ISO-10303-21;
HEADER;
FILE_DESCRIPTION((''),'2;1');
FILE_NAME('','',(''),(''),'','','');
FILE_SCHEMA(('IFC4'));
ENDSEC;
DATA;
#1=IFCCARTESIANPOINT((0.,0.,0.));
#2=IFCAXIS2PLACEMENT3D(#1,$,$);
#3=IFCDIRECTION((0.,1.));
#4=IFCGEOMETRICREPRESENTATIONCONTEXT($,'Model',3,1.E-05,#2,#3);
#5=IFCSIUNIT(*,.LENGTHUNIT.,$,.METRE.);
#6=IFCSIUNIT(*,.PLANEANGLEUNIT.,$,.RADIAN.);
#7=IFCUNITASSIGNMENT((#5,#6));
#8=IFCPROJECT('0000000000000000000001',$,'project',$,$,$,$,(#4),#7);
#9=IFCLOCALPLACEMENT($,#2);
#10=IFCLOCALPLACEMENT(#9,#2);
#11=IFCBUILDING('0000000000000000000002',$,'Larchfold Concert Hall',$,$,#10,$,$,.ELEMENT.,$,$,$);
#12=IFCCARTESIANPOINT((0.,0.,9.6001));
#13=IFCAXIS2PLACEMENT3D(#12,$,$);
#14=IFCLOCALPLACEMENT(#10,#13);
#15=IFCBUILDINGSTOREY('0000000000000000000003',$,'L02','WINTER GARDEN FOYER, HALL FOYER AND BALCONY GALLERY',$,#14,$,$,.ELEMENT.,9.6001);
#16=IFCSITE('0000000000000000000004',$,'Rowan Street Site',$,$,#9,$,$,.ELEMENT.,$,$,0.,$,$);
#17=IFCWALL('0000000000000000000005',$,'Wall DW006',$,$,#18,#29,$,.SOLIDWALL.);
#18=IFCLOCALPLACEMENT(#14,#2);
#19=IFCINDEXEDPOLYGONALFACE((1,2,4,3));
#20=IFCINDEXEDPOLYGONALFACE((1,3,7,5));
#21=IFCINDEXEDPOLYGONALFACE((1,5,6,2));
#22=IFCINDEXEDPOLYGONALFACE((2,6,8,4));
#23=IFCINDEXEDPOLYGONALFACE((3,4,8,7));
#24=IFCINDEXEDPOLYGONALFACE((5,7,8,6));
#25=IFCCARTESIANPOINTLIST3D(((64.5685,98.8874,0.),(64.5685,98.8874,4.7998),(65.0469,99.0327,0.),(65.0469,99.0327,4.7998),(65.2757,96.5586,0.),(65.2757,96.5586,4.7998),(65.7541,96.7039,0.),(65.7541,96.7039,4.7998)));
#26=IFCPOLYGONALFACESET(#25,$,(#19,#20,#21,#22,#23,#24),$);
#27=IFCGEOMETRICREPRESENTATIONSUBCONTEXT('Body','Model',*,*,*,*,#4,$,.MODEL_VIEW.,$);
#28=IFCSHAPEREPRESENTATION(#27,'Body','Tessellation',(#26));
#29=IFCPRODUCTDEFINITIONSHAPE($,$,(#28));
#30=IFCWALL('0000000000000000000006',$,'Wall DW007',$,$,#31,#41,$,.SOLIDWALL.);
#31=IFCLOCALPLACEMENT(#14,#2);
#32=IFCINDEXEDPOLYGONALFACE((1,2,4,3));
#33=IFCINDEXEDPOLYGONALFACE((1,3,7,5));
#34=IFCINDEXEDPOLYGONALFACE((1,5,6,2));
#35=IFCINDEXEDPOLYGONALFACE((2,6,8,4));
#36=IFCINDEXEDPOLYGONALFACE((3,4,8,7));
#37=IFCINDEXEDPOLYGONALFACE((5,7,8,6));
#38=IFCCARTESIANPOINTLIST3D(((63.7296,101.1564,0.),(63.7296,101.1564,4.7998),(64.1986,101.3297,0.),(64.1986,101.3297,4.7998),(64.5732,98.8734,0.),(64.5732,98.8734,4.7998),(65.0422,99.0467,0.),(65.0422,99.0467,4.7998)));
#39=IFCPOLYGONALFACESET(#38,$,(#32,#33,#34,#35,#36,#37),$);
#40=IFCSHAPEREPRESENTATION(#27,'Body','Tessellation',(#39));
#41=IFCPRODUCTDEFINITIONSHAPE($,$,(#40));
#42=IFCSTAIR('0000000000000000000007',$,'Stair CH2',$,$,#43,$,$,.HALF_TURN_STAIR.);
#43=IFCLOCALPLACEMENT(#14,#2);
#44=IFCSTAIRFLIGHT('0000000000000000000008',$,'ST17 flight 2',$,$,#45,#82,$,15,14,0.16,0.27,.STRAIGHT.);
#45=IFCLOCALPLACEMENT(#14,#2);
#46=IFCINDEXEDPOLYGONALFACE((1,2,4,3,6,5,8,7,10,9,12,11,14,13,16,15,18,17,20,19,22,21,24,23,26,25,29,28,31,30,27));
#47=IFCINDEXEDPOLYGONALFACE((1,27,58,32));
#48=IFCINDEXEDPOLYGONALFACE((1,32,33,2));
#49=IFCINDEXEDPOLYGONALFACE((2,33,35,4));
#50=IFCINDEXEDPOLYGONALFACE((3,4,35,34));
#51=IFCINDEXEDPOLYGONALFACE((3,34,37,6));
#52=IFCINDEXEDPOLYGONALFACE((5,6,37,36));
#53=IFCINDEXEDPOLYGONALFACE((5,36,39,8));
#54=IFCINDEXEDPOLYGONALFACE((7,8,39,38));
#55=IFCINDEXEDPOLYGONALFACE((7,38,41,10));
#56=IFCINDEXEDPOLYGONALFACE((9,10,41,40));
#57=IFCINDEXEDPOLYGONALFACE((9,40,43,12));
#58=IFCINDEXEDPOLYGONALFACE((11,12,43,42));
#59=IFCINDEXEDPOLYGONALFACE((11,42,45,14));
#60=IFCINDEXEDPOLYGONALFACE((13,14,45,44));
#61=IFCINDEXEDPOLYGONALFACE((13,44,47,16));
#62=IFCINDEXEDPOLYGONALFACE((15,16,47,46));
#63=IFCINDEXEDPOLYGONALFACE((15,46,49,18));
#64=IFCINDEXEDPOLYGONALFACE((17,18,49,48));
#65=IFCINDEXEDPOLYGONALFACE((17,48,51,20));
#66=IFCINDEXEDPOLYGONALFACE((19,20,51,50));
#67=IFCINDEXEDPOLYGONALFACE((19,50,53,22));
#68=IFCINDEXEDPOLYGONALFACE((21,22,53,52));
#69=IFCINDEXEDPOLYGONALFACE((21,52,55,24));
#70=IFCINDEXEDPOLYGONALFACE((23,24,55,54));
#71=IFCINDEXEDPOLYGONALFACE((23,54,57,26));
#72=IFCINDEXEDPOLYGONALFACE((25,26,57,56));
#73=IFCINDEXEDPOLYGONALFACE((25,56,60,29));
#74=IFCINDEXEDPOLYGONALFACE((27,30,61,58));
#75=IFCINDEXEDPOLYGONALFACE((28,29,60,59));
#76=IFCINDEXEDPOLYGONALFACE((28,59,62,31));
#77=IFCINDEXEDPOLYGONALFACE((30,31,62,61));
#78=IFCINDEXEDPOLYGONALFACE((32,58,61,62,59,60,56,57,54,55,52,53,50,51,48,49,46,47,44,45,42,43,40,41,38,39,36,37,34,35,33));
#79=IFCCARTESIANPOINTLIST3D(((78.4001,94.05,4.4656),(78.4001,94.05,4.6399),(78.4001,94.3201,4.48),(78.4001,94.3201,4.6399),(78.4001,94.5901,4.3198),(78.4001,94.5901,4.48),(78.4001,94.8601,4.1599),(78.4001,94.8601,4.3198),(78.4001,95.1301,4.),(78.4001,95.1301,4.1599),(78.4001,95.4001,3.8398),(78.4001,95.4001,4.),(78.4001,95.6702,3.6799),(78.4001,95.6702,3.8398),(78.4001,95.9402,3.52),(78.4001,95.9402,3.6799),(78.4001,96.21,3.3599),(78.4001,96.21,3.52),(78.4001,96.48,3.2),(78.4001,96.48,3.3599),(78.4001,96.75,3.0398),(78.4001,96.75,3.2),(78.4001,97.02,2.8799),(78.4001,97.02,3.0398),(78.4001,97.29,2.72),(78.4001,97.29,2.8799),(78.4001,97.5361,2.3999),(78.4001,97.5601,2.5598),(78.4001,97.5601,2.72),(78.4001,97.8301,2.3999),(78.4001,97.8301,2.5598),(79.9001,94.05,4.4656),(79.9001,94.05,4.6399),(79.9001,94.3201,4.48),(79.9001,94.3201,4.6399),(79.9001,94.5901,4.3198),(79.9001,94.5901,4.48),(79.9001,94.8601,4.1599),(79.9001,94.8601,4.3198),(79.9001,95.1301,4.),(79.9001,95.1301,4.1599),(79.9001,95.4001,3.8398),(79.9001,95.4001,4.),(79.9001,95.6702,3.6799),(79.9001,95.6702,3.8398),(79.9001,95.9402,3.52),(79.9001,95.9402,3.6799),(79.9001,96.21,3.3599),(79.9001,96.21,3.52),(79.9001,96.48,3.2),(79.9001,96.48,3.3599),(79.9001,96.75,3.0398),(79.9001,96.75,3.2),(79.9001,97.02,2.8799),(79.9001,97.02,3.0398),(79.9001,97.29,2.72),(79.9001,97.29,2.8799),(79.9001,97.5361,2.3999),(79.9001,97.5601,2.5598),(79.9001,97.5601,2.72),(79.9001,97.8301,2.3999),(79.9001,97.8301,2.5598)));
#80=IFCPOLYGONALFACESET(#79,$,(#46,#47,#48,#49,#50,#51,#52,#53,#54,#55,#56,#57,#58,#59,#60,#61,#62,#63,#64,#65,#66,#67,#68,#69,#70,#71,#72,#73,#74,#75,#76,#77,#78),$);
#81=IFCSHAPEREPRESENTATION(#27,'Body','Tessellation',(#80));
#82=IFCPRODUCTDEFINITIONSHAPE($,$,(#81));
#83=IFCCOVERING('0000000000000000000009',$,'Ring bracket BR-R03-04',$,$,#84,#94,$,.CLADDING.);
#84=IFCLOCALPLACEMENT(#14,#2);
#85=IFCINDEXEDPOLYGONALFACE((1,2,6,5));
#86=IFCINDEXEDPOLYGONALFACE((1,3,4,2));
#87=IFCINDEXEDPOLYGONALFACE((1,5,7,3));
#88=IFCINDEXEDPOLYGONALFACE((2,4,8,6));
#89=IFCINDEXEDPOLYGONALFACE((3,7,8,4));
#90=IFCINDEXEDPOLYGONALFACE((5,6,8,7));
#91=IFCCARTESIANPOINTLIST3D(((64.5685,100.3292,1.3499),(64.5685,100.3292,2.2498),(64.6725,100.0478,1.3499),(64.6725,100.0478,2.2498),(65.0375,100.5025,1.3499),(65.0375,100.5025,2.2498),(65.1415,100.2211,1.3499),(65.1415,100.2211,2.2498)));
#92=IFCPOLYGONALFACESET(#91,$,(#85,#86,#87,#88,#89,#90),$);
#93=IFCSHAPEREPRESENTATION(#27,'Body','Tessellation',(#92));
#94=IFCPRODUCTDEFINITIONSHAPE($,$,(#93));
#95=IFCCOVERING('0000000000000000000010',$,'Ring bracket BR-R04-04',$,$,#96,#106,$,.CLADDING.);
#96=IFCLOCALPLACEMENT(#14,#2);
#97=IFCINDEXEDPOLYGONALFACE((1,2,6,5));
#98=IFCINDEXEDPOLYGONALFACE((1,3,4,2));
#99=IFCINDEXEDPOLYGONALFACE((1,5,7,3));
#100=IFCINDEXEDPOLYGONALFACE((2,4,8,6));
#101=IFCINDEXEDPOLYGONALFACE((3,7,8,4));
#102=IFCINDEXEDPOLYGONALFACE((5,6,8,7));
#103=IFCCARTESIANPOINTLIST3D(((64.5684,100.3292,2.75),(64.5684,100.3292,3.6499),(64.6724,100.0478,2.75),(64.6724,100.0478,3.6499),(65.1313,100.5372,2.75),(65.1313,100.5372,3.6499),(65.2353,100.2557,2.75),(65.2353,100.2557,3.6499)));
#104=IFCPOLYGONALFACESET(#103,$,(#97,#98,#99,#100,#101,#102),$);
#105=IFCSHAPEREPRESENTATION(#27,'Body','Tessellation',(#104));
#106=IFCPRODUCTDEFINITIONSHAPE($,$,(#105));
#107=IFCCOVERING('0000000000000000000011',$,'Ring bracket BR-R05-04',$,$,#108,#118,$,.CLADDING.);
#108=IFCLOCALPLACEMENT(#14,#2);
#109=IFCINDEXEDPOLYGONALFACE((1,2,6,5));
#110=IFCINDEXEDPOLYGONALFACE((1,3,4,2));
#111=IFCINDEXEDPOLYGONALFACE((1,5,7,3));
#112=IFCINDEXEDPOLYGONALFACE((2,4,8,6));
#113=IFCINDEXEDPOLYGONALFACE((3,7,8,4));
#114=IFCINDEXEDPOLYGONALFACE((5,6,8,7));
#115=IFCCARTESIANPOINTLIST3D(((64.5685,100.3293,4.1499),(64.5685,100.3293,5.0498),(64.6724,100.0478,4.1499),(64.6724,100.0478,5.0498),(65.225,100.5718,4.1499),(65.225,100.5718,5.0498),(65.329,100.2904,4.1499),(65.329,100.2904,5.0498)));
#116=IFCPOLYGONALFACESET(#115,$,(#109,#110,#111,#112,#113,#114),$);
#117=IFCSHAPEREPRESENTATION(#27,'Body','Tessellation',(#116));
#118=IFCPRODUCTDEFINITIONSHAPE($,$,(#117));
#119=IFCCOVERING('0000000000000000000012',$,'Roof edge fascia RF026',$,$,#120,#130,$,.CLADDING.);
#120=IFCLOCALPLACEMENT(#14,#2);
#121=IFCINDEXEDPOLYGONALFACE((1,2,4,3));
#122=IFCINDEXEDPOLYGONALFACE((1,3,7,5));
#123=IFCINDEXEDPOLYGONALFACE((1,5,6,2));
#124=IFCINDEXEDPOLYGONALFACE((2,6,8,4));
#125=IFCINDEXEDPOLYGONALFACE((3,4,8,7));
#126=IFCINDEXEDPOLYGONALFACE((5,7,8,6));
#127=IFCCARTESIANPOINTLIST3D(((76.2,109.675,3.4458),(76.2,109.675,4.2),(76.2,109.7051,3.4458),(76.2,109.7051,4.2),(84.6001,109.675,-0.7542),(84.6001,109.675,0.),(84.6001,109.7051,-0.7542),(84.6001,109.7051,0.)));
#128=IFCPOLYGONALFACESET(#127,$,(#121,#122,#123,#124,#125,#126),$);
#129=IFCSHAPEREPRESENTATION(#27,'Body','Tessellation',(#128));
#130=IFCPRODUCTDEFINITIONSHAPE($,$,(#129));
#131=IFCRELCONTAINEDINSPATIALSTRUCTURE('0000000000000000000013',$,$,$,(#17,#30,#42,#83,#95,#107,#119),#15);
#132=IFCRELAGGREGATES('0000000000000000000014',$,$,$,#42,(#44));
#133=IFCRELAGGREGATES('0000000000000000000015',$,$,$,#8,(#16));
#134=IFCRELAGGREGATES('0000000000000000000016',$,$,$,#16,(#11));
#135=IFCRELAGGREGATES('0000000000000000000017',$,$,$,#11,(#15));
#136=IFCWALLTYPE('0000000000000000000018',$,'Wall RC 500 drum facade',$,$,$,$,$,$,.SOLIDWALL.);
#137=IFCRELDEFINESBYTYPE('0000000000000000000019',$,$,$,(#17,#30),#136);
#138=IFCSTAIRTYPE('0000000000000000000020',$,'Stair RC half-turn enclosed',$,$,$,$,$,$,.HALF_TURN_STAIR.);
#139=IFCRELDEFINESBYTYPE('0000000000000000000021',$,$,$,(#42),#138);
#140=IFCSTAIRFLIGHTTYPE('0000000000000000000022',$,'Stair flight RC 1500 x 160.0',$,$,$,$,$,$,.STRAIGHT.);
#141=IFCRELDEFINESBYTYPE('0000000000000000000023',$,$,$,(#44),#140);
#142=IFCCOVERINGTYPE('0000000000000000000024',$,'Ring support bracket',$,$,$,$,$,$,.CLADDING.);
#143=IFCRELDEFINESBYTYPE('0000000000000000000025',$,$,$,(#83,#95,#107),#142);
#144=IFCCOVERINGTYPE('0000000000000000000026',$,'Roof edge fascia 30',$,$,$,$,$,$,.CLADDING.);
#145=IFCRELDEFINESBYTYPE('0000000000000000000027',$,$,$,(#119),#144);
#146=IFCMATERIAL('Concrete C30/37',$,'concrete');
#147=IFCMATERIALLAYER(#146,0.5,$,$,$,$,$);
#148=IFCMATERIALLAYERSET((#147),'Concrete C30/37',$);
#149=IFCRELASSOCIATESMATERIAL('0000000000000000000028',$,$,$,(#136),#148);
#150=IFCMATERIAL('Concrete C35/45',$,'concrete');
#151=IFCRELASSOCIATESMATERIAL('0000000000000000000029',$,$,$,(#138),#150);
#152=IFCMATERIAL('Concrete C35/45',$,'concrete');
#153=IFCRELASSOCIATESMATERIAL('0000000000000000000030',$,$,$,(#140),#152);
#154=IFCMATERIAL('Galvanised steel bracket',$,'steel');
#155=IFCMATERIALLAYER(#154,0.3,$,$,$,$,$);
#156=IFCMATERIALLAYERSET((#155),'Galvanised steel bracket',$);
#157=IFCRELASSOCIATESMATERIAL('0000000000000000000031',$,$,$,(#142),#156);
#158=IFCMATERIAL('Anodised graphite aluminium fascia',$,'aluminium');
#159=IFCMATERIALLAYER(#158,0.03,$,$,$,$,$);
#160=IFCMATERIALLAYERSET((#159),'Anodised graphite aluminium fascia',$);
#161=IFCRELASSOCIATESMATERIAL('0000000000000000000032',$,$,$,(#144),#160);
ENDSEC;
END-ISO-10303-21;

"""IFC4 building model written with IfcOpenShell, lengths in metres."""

from ifc_helpers import new_model, si_unit, direction, frame, frame_2d, origin, origin_2d, place, context, subcontext, project, spatial, polyline, rectangle, outline, extrude, material, layer, layer_set, type_object, element, aggregate, save


model = new_model("IFC4")

# Units and contexts
model_context = context("Model", 3, precision=1e-05, world=origin(), true_north=direction((0.0, 1.0)))
body_context = subcontext(model_context, "Body", "Model", "MODEL_VIEW")
ifc_project = project(units=[si_unit("LENGTHUNIT", "METRE"), si_unit("PLANEANGLEUNIT", "RADIAN")], contexts=[model_context])

# Site, building, storey
site_placement = place(None, origin())
site = spatial("IfcSite", under=ifc_project, at=site_placement, Name="Rowan Street Site", CompositionType="ELEMENT", RefElevation=0.0)
building_placement = place(site_placement, origin())
building = spatial("IfcBuilding", under=site, at=building_placement, Name="Larchfold Concert Hall", CompositionType="ELEMENT")
storey_placement = place(building_placement, frame((0.0, 0.0, 9.6001)))
storey = spatial("IfcBuildingStorey", under=building, at=storey_placement, Name="L02", Description="WINTER GARDEN FOYER, HALL FOYER AND BALCONY GALLERY", CompositionType="ELEMENT", Elevation=9.6001)

# Walls
ifc_material_1 = material(Name="Concrete C30/37", Category="concrete")
ifc_layer_1 = layer(ifc_material_1, 0.5)
ifc_layer_set_1 = layer_set([ifc_layer_1], Name="Concrete C30/37")
wall_type_1 = type_object("IfcWallType", Name="Wall RC 500 drum facade", PredefinedType="SOLIDWALL", material=ifc_layer_set_1)
for number, where, z_axis, x_axis, name in (
    (1, (65.5149, 96.6313, 0.0), (0.0, 0.0, 1.0), (-0.290595, 0.956846, 0.0), "Wall DW006"),
    (2, (64.8076, 98.9602, 0.0), (0.0, 0.0, 1.0), (-0.346579, 0.938021, 0.0), "Wall DW007"),
):
    element("IfcWall", number, at=place(storey_placement, frame(where, z_axis=z_axis, x_axis=x_axis)), inside=storey, type_object=wall_type_1, Name=name, PredefinedType="SOLIDWALL", context=body_context, shape_type="SweptSolid", body=[
        extrude(rectangle(XDim=2.4338, YDim=0.5, at=frame_2d((1.2168, 0.0))), origin(), (0.0, 0.0, 1.0), 4.7998),
    ])

# Stair, stair flight
ifc_material_2 = material(Name="Concrete C35/45", Category="concrete")
stair_type = type_object("IfcStairType", Name="Stair RC half-turn enclosed", PredefinedType="HALF_TURN_STAIR", material=ifc_material_2)
stair_placement = place(storey_placement, origin())
stair = element("IfcStair", 3, at=stair_placement, inside=storey, type_object=stair_type, Name="Stair CH2", PredefinedType="HALF_TURN_STAIR")
ifc_material_3 = material(Name="Concrete C35/45", Category="concrete")
stair_flight_type = type_object("IfcStairFlightType", Name="Stair flight RC 1500 x 160.0", PredefinedType="STRAIGHT", material=ifc_material_3)
stair_flight_placement = place(storey_placement, frame((79.1501, 97.8301, 2.3999), z_axis=(0.0, 0.0, 1.0), x_axis=(0.0, -1.0, 0.0)))
stair_flight = element("IfcStairFlight", 4, at=stair_flight_placement, type_object=stair_flight_type, Name="ST17 flight 2", NumberOfRisers=15, NumberOfTreads=14, PredefinedType="STRAIGHT", RiserHeight=0.16, TreadLength=0.27, context=body_context, shape_type="SweptSolid", body=[
    extrude(outline(polyline([(0.0, 0.0), (0.0, 0.1599), (0.27, 0.1599), (0.27, 0.3201), (0.54, 0.3201), (0.54, 0.48), (0.8101, 0.48), (0.8101, 0.6399), (1.0801, 0.6399), (1.0801, 0.8), (1.3501, 0.8), (1.3501, 0.96), (1.6201, 0.96), (1.6201, 1.1201), (1.8899, 1.1201), (1.8899, 1.28), (2.1599, 1.28), (2.1599, 1.4399), (2.4299, 1.4399), (2.4299, 1.6001), (2.7, 1.6001), (2.7, 1.76), (2.97, 1.76), (2.97, 1.9199), (3.24, 1.9199), (3.24, 2.0801), (3.51, 2.0801), (3.51, 2.24), (3.78, 2.24), (3.78, 2.3999), (3.78, 2.0657), (0.2939, 0.0), (0.0, 0.0)])), frame((0.0, 0.75, 0.0), z_axis=(0.0, -1.0, 0.0), x_axis=(1.0, 0.0, 0.0)), (0.0, 0.0, 1.0), 1.5),
])
aggregate(stair, [stair_flight])

# Coverings
ifc_material_4 = material(Name="Galvanised steel bracket", Category="steel")
ifc_layer_2 = layer(ifc_material_4, 0.3)
ifc_layer_set_2 = layer_set([ifc_layer_2], Name="Galvanised steel bracket")
covering_type_1 = type_object("IfcCoveringType", Name="Ring support bracket", PredefinedType="CLADDING", material=ifc_layer_set_2)
covering_1_placement = place(storey_placement, frame((64.855, 100.2751, 1.3499), z_axis=(0.0, 0.0, 1.0), x_axis=(0.938035, 0.346541, 0.0)))
element("IfcCovering", 5, at=covering_1_placement, inside=storey, type_object=covering_type_1, Name="Ring bracket BR-R03-04", PredefinedType="CLADDING", context=body_context, shape_type="SweptSolid", body=[
    extrude(rectangle(XDim=0.5, YDim=0.3, at=origin_2d()), origin(), (0.0, 0.0, 1.0), 0.8999),
])
covering_2_placement = place(storey_placement, frame((64.9019, 100.2925, 2.75), z_axis=(0.0, 0.0, 1.0), x_axis=(0.938035, 0.346541, 0.0)))
element("IfcCovering", 6, at=covering_2_placement, inside=storey, type_object=covering_type_1, Name="Ring bracket BR-R04-04", PredefinedType="CLADDING", context=body_context, shape_type="SweptSolid", body=[
    extrude(rectangle(XDim=0.6001, YDim=0.3, at=origin_2d()), origin(), (0.0, 0.0, 1.0), 0.8999),
])
covering_3_placement = place(storey_placement, frame((64.9487, 100.3098, 4.1499), z_axis=(0.0, 0.0, 1.0), x_axis=(0.938035, 0.346541, 0.0)))
element("IfcCovering", 7, at=covering_3_placement, inside=storey, type_object=covering_type_1, Name="Ring bracket BR-R05-04", PredefinedType="CLADDING", context=body_context, shape_type="SweptSolid", body=[
    extrude(rectangle(XDim=0.7, YDim=0.3, at=origin_2d()), origin(), (0.0, 0.0, 1.0), 0.8999),
])
ifc_material_5 = material(Name="Anodised graphite aluminium fascia", Category="aluminium")
ifc_layer_3 = layer(ifc_material_5, 0.03)
ifc_layer_set_3 = layer_set([ifc_layer_3], Name="Anodised graphite aluminium fascia")
covering_type_2 = type_object("IfcCoveringType", Name="Roof edge fascia 30", PredefinedType="CLADDING", material=ifc_layer_set_3)
covering_4_placement = place(storey_placement, frame((76.2, 109.675, 3.4458), z_axis=(0.0, -1.0, 0.0), x_axis=(0.894432, 0.0, -0.447203)))
element("IfcCovering", 8, at=covering_4_placement, inside=storey, type_object=covering_type_2, Name="Roof edge fascia RF026", PredefinedType="CLADDING", context=body_context, shape_type="SweptSolid", body=[
    extrude(outline(polyline([(0.0, 0.0), (9.3916, 0.0), (9.0543, 0.6745), (-0.3373, 0.6745), (0.0, 0.0)])), origin(), (0.0, 0.0, -1.0), 0.03),
])

save(model, "model.ifc")
